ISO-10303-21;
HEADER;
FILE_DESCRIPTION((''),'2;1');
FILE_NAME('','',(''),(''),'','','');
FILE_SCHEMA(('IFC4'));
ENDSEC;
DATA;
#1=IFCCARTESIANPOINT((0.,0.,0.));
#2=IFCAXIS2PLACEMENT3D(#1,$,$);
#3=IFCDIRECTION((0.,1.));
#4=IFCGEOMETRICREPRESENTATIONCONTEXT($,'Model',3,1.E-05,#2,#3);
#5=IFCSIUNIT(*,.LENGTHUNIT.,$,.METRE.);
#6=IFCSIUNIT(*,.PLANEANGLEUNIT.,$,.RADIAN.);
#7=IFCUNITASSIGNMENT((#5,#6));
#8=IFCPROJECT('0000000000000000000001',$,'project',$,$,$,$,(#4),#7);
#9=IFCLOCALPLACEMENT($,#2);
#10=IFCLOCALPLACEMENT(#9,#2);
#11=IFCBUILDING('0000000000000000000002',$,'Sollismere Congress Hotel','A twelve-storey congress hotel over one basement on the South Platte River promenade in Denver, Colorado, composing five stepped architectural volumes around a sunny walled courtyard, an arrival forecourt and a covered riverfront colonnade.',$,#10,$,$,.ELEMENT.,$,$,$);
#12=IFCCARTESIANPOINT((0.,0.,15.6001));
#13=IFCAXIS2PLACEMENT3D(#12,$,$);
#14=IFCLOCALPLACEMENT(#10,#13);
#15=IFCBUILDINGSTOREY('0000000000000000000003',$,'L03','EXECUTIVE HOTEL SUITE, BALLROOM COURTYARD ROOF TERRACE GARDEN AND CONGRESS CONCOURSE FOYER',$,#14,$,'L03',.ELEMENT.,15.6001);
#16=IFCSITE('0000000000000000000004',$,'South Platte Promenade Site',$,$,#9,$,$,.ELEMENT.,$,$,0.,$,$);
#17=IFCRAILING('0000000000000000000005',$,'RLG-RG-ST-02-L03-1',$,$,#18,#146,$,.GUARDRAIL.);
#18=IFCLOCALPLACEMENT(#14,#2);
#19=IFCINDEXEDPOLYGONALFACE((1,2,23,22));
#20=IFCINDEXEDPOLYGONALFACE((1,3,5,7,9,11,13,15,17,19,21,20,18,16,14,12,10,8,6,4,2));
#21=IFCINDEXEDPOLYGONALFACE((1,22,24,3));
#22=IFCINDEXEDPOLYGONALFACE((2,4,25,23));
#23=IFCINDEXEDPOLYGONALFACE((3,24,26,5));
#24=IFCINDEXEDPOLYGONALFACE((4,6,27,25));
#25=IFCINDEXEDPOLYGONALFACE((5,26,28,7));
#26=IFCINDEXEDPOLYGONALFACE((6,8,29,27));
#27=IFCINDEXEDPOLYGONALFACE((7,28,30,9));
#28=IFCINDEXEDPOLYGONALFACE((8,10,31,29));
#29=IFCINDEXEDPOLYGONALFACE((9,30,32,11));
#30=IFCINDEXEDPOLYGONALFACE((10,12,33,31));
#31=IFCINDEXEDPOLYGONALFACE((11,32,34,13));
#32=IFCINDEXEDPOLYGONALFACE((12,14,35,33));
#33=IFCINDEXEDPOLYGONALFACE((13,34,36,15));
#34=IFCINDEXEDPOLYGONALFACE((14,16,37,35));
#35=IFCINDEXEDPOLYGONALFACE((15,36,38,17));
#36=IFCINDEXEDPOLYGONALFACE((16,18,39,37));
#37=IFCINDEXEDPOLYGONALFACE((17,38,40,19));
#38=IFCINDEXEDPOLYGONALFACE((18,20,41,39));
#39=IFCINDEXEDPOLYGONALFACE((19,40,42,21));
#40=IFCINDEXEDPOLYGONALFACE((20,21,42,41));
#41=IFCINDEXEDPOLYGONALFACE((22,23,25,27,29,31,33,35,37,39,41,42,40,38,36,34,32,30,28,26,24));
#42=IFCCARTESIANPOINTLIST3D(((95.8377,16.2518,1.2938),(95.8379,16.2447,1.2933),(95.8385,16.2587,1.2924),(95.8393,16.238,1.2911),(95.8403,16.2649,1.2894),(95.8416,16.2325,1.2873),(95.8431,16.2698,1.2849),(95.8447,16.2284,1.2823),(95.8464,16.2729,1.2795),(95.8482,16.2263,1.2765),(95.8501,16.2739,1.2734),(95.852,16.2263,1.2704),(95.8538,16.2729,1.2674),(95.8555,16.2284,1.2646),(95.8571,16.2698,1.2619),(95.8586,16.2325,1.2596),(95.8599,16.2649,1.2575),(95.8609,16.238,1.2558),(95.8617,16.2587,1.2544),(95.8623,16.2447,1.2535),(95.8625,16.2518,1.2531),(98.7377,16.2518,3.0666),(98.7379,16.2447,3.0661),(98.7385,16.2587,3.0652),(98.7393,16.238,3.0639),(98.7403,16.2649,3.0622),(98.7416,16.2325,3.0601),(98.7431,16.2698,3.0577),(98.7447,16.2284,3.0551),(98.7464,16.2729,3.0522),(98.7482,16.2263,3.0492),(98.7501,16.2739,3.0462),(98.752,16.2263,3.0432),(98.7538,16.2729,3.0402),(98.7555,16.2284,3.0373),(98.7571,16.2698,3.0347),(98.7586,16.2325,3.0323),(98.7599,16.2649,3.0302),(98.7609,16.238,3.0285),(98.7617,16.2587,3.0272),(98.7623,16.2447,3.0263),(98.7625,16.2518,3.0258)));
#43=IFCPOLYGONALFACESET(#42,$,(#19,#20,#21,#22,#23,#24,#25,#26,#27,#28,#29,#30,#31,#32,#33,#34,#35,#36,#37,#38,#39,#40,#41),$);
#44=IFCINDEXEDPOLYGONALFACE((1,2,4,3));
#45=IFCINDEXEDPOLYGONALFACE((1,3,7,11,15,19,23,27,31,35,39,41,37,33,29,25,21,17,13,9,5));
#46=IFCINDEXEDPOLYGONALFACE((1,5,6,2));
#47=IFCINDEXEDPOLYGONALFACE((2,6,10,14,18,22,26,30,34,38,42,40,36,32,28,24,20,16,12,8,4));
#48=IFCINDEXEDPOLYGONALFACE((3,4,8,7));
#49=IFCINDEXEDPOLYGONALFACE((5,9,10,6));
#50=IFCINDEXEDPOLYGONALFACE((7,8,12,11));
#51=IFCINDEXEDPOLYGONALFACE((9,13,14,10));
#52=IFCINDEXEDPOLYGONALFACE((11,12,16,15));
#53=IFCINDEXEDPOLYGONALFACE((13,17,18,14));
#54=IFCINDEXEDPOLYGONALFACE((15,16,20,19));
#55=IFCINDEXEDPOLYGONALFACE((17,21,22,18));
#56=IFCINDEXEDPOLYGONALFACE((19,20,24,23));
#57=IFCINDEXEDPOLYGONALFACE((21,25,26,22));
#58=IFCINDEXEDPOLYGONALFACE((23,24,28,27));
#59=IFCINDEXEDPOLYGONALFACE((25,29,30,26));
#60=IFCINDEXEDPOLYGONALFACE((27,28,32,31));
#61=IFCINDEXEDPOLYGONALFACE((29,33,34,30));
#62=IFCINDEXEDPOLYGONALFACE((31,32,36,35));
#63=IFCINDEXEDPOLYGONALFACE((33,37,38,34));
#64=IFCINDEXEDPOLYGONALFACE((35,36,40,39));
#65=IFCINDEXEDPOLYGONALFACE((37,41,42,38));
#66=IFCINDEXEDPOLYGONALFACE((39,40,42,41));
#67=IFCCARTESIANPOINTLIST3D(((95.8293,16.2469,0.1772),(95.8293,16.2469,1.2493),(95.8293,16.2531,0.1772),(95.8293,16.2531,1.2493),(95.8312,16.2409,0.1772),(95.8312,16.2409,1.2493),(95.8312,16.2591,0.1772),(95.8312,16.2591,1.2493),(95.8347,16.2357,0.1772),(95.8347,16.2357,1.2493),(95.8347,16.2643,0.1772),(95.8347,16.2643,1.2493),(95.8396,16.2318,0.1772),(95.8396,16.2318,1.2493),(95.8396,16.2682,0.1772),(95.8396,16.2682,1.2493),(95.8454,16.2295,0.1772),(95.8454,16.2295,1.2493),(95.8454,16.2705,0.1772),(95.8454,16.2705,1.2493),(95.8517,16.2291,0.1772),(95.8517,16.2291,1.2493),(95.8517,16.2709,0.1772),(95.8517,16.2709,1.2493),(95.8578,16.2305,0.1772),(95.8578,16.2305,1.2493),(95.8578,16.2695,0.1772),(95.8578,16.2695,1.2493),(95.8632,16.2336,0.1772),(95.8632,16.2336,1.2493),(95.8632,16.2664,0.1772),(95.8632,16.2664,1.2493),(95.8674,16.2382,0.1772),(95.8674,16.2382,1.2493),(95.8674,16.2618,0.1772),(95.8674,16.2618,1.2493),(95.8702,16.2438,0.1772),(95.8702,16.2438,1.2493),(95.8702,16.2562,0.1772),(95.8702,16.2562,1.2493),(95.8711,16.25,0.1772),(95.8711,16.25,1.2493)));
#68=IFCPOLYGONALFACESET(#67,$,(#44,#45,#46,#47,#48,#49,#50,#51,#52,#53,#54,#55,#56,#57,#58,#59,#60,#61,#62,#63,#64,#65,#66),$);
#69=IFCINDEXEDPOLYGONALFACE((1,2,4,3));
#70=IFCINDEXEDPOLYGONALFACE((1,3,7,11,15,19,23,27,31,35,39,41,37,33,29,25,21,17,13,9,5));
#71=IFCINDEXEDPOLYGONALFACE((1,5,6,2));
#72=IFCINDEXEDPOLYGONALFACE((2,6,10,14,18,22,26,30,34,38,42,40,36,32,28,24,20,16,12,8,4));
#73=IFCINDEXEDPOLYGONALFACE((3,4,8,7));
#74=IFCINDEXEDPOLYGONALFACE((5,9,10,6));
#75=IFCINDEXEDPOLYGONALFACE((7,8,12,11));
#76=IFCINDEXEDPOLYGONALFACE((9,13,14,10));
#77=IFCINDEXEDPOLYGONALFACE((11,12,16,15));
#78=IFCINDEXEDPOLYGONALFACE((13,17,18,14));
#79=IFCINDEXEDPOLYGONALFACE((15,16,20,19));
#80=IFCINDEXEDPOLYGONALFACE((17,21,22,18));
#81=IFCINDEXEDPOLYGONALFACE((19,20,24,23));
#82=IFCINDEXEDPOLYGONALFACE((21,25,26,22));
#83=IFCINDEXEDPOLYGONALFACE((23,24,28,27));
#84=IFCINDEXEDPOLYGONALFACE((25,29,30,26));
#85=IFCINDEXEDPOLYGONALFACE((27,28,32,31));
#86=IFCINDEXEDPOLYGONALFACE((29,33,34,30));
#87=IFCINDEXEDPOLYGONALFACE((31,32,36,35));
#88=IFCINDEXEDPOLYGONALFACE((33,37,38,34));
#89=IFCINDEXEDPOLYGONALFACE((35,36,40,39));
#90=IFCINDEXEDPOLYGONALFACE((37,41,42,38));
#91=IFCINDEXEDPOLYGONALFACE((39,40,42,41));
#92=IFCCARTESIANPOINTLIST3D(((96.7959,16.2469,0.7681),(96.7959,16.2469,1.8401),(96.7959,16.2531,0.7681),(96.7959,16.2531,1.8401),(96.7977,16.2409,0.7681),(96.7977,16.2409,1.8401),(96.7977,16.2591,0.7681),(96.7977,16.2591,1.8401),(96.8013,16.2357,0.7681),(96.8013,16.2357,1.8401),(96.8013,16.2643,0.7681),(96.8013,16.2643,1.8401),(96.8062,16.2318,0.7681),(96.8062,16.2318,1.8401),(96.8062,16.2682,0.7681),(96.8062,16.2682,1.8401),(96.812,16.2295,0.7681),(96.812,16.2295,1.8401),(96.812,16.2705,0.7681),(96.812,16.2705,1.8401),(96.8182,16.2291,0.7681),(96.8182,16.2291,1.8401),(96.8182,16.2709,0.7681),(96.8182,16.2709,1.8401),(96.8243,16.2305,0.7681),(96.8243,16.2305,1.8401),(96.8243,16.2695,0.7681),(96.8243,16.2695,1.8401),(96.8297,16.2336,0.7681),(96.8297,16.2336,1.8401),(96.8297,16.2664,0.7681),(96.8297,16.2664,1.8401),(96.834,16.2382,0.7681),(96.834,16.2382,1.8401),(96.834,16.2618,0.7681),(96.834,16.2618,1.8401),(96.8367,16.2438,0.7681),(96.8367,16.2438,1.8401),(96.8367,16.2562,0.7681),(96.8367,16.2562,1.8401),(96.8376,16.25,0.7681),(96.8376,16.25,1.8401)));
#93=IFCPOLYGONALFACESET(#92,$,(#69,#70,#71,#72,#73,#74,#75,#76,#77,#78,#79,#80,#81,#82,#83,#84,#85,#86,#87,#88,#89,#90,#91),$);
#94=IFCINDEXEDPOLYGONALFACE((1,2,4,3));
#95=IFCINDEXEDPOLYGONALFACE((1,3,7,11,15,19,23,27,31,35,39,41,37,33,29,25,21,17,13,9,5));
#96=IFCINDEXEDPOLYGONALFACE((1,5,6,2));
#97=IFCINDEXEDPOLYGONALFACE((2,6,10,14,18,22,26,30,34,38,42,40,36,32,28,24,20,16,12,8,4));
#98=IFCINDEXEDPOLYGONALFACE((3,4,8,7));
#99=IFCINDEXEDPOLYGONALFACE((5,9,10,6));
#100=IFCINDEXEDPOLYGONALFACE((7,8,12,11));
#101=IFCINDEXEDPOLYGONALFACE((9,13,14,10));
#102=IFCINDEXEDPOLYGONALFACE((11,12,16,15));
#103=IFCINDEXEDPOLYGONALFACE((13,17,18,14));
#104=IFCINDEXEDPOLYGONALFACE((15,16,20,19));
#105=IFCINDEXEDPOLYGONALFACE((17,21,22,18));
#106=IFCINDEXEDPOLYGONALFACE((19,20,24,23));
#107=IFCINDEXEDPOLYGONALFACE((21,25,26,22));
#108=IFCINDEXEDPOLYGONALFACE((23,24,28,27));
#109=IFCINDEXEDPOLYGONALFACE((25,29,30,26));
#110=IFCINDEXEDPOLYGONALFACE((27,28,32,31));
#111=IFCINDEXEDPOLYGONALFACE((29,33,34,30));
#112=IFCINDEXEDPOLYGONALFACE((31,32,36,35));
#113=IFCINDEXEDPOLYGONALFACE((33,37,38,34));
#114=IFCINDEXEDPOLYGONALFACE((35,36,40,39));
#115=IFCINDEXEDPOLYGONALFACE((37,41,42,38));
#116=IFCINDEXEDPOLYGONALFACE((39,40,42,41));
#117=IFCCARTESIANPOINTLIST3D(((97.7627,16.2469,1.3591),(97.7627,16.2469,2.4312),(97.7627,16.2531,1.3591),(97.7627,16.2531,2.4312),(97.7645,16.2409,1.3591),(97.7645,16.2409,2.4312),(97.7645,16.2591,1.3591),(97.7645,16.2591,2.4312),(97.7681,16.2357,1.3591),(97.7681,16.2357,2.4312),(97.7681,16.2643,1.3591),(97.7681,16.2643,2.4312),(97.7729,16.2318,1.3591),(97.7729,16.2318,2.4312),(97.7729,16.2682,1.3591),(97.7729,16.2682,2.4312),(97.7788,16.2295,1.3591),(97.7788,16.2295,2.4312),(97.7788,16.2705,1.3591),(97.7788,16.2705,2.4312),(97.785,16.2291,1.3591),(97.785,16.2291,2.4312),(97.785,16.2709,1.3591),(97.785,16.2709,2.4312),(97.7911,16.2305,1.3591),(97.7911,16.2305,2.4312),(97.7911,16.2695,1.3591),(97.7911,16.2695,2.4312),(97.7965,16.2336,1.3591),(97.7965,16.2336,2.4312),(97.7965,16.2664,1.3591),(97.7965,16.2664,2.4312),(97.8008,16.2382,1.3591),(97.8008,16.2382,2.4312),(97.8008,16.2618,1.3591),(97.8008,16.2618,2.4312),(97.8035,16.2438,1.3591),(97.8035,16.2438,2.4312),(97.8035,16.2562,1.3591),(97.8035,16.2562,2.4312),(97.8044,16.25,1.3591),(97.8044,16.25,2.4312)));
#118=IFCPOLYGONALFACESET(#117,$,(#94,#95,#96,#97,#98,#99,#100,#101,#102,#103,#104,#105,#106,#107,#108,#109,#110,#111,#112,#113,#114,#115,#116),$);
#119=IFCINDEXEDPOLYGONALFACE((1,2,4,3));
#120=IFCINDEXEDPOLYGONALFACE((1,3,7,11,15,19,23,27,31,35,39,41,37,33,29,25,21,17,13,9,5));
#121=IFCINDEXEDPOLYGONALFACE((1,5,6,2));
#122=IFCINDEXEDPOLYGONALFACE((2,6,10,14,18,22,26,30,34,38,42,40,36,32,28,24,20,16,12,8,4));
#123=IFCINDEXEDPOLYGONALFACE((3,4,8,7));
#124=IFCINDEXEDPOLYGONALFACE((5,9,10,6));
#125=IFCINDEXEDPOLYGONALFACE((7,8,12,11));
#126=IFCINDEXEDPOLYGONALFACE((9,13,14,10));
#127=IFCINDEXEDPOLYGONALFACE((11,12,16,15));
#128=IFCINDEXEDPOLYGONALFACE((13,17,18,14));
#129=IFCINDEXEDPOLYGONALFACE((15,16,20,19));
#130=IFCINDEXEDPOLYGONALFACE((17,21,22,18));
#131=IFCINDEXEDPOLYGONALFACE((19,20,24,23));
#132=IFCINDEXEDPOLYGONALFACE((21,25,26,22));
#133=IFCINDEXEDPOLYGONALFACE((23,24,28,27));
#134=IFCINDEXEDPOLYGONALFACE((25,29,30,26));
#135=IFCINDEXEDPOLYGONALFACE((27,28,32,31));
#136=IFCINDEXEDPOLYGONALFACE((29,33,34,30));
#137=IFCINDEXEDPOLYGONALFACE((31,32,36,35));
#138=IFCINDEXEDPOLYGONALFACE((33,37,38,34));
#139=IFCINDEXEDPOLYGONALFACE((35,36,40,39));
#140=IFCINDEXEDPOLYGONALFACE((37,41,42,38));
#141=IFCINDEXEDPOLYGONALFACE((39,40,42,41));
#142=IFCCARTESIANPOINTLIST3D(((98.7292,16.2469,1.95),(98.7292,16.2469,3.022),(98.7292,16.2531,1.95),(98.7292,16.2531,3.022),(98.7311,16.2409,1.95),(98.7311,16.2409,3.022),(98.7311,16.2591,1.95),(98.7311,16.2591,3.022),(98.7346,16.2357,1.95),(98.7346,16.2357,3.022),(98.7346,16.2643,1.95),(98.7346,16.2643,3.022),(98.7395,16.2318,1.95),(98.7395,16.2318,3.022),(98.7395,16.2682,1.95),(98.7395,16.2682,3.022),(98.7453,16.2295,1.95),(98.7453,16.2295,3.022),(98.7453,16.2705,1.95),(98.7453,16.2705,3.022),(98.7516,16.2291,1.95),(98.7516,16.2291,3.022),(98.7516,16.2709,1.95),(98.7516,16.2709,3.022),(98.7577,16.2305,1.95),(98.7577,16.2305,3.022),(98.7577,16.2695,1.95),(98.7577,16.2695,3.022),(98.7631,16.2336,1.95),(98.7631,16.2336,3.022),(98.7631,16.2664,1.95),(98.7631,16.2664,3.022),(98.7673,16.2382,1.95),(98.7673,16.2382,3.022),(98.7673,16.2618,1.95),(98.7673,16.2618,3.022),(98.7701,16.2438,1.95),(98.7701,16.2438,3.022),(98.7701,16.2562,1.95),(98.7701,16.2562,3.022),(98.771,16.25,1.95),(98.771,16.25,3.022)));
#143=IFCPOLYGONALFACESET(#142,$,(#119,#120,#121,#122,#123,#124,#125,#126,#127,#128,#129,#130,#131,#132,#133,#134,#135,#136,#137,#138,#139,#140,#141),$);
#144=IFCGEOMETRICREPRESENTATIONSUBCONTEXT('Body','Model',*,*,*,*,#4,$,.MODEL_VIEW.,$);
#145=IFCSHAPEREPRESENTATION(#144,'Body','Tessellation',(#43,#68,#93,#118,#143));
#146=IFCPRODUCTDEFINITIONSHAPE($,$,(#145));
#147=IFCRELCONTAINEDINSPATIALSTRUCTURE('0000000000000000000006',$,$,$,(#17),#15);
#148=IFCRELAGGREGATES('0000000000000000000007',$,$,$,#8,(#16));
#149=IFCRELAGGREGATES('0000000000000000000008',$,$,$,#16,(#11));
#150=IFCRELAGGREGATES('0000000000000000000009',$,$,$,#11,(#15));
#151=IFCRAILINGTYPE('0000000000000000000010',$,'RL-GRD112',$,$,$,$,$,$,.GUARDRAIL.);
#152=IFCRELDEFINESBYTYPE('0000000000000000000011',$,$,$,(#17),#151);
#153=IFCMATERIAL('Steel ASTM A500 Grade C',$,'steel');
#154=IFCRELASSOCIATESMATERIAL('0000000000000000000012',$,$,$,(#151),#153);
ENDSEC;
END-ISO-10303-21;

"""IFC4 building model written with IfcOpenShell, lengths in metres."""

from ifc_helpers import new_model, si_unit, direction, frame, origin, origin_2d, place, context, subcontext, project, spatial, circle, extrude, material, type_object, element, save


model = new_model("IFC4")

# Units and contexts
model_context = context("Model", 3, precision=1e-05, world=origin(), true_north=direction((0.0, 1.0)))
body_context = subcontext(model_context, "Body", "Model", "MODEL_VIEW")
ifc_project = project(units=[si_unit("LENGTHUNIT", "METRE"), si_unit("PLANEANGLEUNIT", "RADIAN")], contexts=[model_context])

# Site, building, storey
site_placement = place(None, origin())
site = spatial("IfcSite", under=ifc_project, at=site_placement, Name="South Platte Promenade Site", CompositionType="ELEMENT", RefElevation=0.0)
building_placement = place(site_placement, origin())
building = spatial("IfcBuilding", under=site, at=building_placement, Name="Sollismere Congress Hotel", Description="A twelve-storey congress hotel over one basement on the South Platte River promenade in Denver, Colorado, composing five stepped architectural volumes around a sunny walled courtyard, an arrival forecourt and a covered riverfront colonnade.", CompositionType="ELEMENT")
storey_placement = place(building_placement, frame((0.0, 0.0, 15.6001)))
storey = spatial("IfcBuildingStorey", under=building, at=storey_placement, Name="L03", Description="EXECUTIVE HOTEL SUITE, BALLROOM COURTYARD ROOF TERRACE GARDEN AND CONGRESS CONCOURSE FOYER", LongName="L03", CompositionType="ELEMENT", Elevation=15.6001)

# Railing
ifc_material_1 = material(Name="Steel ASTM A500 Grade C", Category="steel")
railing_type_1 = type_object("IfcRailingType", Name="RL-GRD112", PredefinedType="GUARDRAIL", material=ifc_material_1)
railing_1_placement = place(storey_placement, frame((95.8501, 16.25, 0.1772)))
element("IfcRailing", 1, at=railing_1_placement, inside=storey, type_object=railing_type_1, Name="RLG-RG-ST-02-L03-1", PredefinedType="GUARDRAIL", context=body_context, shape_type="SweptSolid", body=[
    extrude(circle(Radius=0.0239, at=origin_2d()), frame((0.0, 0.0, 1.0962), z_axis=(0.853211, 0.0, 0.521566), x_axis=(0.0, 1.0, 0.0)), (0.0, 0.0, 1.0), 3.3989),
    extrude(circle(Radius=0.021, at=origin_2d()), origin(), (0.0, 0.0, 1.0), 1.072),
    extrude(circle(Radius=0.021, at=origin_2d()), frame((0.9666, 0.0, 0.5908)), (0.0, 0.0, 1.0), 1.072),
    extrude(circle(Radius=0.021, at=origin_2d()), frame((1.9333, 0.0, 1.1819)), (0.0, 0.0, 1.0), 1.072),
    extrude(circle(Radius=0.021, at=origin_2d()), frame((2.8999, 0.0, 1.7727)), (0.0, 0.0, 1.0), 1.072),
])

save(model, "model.ifc")
